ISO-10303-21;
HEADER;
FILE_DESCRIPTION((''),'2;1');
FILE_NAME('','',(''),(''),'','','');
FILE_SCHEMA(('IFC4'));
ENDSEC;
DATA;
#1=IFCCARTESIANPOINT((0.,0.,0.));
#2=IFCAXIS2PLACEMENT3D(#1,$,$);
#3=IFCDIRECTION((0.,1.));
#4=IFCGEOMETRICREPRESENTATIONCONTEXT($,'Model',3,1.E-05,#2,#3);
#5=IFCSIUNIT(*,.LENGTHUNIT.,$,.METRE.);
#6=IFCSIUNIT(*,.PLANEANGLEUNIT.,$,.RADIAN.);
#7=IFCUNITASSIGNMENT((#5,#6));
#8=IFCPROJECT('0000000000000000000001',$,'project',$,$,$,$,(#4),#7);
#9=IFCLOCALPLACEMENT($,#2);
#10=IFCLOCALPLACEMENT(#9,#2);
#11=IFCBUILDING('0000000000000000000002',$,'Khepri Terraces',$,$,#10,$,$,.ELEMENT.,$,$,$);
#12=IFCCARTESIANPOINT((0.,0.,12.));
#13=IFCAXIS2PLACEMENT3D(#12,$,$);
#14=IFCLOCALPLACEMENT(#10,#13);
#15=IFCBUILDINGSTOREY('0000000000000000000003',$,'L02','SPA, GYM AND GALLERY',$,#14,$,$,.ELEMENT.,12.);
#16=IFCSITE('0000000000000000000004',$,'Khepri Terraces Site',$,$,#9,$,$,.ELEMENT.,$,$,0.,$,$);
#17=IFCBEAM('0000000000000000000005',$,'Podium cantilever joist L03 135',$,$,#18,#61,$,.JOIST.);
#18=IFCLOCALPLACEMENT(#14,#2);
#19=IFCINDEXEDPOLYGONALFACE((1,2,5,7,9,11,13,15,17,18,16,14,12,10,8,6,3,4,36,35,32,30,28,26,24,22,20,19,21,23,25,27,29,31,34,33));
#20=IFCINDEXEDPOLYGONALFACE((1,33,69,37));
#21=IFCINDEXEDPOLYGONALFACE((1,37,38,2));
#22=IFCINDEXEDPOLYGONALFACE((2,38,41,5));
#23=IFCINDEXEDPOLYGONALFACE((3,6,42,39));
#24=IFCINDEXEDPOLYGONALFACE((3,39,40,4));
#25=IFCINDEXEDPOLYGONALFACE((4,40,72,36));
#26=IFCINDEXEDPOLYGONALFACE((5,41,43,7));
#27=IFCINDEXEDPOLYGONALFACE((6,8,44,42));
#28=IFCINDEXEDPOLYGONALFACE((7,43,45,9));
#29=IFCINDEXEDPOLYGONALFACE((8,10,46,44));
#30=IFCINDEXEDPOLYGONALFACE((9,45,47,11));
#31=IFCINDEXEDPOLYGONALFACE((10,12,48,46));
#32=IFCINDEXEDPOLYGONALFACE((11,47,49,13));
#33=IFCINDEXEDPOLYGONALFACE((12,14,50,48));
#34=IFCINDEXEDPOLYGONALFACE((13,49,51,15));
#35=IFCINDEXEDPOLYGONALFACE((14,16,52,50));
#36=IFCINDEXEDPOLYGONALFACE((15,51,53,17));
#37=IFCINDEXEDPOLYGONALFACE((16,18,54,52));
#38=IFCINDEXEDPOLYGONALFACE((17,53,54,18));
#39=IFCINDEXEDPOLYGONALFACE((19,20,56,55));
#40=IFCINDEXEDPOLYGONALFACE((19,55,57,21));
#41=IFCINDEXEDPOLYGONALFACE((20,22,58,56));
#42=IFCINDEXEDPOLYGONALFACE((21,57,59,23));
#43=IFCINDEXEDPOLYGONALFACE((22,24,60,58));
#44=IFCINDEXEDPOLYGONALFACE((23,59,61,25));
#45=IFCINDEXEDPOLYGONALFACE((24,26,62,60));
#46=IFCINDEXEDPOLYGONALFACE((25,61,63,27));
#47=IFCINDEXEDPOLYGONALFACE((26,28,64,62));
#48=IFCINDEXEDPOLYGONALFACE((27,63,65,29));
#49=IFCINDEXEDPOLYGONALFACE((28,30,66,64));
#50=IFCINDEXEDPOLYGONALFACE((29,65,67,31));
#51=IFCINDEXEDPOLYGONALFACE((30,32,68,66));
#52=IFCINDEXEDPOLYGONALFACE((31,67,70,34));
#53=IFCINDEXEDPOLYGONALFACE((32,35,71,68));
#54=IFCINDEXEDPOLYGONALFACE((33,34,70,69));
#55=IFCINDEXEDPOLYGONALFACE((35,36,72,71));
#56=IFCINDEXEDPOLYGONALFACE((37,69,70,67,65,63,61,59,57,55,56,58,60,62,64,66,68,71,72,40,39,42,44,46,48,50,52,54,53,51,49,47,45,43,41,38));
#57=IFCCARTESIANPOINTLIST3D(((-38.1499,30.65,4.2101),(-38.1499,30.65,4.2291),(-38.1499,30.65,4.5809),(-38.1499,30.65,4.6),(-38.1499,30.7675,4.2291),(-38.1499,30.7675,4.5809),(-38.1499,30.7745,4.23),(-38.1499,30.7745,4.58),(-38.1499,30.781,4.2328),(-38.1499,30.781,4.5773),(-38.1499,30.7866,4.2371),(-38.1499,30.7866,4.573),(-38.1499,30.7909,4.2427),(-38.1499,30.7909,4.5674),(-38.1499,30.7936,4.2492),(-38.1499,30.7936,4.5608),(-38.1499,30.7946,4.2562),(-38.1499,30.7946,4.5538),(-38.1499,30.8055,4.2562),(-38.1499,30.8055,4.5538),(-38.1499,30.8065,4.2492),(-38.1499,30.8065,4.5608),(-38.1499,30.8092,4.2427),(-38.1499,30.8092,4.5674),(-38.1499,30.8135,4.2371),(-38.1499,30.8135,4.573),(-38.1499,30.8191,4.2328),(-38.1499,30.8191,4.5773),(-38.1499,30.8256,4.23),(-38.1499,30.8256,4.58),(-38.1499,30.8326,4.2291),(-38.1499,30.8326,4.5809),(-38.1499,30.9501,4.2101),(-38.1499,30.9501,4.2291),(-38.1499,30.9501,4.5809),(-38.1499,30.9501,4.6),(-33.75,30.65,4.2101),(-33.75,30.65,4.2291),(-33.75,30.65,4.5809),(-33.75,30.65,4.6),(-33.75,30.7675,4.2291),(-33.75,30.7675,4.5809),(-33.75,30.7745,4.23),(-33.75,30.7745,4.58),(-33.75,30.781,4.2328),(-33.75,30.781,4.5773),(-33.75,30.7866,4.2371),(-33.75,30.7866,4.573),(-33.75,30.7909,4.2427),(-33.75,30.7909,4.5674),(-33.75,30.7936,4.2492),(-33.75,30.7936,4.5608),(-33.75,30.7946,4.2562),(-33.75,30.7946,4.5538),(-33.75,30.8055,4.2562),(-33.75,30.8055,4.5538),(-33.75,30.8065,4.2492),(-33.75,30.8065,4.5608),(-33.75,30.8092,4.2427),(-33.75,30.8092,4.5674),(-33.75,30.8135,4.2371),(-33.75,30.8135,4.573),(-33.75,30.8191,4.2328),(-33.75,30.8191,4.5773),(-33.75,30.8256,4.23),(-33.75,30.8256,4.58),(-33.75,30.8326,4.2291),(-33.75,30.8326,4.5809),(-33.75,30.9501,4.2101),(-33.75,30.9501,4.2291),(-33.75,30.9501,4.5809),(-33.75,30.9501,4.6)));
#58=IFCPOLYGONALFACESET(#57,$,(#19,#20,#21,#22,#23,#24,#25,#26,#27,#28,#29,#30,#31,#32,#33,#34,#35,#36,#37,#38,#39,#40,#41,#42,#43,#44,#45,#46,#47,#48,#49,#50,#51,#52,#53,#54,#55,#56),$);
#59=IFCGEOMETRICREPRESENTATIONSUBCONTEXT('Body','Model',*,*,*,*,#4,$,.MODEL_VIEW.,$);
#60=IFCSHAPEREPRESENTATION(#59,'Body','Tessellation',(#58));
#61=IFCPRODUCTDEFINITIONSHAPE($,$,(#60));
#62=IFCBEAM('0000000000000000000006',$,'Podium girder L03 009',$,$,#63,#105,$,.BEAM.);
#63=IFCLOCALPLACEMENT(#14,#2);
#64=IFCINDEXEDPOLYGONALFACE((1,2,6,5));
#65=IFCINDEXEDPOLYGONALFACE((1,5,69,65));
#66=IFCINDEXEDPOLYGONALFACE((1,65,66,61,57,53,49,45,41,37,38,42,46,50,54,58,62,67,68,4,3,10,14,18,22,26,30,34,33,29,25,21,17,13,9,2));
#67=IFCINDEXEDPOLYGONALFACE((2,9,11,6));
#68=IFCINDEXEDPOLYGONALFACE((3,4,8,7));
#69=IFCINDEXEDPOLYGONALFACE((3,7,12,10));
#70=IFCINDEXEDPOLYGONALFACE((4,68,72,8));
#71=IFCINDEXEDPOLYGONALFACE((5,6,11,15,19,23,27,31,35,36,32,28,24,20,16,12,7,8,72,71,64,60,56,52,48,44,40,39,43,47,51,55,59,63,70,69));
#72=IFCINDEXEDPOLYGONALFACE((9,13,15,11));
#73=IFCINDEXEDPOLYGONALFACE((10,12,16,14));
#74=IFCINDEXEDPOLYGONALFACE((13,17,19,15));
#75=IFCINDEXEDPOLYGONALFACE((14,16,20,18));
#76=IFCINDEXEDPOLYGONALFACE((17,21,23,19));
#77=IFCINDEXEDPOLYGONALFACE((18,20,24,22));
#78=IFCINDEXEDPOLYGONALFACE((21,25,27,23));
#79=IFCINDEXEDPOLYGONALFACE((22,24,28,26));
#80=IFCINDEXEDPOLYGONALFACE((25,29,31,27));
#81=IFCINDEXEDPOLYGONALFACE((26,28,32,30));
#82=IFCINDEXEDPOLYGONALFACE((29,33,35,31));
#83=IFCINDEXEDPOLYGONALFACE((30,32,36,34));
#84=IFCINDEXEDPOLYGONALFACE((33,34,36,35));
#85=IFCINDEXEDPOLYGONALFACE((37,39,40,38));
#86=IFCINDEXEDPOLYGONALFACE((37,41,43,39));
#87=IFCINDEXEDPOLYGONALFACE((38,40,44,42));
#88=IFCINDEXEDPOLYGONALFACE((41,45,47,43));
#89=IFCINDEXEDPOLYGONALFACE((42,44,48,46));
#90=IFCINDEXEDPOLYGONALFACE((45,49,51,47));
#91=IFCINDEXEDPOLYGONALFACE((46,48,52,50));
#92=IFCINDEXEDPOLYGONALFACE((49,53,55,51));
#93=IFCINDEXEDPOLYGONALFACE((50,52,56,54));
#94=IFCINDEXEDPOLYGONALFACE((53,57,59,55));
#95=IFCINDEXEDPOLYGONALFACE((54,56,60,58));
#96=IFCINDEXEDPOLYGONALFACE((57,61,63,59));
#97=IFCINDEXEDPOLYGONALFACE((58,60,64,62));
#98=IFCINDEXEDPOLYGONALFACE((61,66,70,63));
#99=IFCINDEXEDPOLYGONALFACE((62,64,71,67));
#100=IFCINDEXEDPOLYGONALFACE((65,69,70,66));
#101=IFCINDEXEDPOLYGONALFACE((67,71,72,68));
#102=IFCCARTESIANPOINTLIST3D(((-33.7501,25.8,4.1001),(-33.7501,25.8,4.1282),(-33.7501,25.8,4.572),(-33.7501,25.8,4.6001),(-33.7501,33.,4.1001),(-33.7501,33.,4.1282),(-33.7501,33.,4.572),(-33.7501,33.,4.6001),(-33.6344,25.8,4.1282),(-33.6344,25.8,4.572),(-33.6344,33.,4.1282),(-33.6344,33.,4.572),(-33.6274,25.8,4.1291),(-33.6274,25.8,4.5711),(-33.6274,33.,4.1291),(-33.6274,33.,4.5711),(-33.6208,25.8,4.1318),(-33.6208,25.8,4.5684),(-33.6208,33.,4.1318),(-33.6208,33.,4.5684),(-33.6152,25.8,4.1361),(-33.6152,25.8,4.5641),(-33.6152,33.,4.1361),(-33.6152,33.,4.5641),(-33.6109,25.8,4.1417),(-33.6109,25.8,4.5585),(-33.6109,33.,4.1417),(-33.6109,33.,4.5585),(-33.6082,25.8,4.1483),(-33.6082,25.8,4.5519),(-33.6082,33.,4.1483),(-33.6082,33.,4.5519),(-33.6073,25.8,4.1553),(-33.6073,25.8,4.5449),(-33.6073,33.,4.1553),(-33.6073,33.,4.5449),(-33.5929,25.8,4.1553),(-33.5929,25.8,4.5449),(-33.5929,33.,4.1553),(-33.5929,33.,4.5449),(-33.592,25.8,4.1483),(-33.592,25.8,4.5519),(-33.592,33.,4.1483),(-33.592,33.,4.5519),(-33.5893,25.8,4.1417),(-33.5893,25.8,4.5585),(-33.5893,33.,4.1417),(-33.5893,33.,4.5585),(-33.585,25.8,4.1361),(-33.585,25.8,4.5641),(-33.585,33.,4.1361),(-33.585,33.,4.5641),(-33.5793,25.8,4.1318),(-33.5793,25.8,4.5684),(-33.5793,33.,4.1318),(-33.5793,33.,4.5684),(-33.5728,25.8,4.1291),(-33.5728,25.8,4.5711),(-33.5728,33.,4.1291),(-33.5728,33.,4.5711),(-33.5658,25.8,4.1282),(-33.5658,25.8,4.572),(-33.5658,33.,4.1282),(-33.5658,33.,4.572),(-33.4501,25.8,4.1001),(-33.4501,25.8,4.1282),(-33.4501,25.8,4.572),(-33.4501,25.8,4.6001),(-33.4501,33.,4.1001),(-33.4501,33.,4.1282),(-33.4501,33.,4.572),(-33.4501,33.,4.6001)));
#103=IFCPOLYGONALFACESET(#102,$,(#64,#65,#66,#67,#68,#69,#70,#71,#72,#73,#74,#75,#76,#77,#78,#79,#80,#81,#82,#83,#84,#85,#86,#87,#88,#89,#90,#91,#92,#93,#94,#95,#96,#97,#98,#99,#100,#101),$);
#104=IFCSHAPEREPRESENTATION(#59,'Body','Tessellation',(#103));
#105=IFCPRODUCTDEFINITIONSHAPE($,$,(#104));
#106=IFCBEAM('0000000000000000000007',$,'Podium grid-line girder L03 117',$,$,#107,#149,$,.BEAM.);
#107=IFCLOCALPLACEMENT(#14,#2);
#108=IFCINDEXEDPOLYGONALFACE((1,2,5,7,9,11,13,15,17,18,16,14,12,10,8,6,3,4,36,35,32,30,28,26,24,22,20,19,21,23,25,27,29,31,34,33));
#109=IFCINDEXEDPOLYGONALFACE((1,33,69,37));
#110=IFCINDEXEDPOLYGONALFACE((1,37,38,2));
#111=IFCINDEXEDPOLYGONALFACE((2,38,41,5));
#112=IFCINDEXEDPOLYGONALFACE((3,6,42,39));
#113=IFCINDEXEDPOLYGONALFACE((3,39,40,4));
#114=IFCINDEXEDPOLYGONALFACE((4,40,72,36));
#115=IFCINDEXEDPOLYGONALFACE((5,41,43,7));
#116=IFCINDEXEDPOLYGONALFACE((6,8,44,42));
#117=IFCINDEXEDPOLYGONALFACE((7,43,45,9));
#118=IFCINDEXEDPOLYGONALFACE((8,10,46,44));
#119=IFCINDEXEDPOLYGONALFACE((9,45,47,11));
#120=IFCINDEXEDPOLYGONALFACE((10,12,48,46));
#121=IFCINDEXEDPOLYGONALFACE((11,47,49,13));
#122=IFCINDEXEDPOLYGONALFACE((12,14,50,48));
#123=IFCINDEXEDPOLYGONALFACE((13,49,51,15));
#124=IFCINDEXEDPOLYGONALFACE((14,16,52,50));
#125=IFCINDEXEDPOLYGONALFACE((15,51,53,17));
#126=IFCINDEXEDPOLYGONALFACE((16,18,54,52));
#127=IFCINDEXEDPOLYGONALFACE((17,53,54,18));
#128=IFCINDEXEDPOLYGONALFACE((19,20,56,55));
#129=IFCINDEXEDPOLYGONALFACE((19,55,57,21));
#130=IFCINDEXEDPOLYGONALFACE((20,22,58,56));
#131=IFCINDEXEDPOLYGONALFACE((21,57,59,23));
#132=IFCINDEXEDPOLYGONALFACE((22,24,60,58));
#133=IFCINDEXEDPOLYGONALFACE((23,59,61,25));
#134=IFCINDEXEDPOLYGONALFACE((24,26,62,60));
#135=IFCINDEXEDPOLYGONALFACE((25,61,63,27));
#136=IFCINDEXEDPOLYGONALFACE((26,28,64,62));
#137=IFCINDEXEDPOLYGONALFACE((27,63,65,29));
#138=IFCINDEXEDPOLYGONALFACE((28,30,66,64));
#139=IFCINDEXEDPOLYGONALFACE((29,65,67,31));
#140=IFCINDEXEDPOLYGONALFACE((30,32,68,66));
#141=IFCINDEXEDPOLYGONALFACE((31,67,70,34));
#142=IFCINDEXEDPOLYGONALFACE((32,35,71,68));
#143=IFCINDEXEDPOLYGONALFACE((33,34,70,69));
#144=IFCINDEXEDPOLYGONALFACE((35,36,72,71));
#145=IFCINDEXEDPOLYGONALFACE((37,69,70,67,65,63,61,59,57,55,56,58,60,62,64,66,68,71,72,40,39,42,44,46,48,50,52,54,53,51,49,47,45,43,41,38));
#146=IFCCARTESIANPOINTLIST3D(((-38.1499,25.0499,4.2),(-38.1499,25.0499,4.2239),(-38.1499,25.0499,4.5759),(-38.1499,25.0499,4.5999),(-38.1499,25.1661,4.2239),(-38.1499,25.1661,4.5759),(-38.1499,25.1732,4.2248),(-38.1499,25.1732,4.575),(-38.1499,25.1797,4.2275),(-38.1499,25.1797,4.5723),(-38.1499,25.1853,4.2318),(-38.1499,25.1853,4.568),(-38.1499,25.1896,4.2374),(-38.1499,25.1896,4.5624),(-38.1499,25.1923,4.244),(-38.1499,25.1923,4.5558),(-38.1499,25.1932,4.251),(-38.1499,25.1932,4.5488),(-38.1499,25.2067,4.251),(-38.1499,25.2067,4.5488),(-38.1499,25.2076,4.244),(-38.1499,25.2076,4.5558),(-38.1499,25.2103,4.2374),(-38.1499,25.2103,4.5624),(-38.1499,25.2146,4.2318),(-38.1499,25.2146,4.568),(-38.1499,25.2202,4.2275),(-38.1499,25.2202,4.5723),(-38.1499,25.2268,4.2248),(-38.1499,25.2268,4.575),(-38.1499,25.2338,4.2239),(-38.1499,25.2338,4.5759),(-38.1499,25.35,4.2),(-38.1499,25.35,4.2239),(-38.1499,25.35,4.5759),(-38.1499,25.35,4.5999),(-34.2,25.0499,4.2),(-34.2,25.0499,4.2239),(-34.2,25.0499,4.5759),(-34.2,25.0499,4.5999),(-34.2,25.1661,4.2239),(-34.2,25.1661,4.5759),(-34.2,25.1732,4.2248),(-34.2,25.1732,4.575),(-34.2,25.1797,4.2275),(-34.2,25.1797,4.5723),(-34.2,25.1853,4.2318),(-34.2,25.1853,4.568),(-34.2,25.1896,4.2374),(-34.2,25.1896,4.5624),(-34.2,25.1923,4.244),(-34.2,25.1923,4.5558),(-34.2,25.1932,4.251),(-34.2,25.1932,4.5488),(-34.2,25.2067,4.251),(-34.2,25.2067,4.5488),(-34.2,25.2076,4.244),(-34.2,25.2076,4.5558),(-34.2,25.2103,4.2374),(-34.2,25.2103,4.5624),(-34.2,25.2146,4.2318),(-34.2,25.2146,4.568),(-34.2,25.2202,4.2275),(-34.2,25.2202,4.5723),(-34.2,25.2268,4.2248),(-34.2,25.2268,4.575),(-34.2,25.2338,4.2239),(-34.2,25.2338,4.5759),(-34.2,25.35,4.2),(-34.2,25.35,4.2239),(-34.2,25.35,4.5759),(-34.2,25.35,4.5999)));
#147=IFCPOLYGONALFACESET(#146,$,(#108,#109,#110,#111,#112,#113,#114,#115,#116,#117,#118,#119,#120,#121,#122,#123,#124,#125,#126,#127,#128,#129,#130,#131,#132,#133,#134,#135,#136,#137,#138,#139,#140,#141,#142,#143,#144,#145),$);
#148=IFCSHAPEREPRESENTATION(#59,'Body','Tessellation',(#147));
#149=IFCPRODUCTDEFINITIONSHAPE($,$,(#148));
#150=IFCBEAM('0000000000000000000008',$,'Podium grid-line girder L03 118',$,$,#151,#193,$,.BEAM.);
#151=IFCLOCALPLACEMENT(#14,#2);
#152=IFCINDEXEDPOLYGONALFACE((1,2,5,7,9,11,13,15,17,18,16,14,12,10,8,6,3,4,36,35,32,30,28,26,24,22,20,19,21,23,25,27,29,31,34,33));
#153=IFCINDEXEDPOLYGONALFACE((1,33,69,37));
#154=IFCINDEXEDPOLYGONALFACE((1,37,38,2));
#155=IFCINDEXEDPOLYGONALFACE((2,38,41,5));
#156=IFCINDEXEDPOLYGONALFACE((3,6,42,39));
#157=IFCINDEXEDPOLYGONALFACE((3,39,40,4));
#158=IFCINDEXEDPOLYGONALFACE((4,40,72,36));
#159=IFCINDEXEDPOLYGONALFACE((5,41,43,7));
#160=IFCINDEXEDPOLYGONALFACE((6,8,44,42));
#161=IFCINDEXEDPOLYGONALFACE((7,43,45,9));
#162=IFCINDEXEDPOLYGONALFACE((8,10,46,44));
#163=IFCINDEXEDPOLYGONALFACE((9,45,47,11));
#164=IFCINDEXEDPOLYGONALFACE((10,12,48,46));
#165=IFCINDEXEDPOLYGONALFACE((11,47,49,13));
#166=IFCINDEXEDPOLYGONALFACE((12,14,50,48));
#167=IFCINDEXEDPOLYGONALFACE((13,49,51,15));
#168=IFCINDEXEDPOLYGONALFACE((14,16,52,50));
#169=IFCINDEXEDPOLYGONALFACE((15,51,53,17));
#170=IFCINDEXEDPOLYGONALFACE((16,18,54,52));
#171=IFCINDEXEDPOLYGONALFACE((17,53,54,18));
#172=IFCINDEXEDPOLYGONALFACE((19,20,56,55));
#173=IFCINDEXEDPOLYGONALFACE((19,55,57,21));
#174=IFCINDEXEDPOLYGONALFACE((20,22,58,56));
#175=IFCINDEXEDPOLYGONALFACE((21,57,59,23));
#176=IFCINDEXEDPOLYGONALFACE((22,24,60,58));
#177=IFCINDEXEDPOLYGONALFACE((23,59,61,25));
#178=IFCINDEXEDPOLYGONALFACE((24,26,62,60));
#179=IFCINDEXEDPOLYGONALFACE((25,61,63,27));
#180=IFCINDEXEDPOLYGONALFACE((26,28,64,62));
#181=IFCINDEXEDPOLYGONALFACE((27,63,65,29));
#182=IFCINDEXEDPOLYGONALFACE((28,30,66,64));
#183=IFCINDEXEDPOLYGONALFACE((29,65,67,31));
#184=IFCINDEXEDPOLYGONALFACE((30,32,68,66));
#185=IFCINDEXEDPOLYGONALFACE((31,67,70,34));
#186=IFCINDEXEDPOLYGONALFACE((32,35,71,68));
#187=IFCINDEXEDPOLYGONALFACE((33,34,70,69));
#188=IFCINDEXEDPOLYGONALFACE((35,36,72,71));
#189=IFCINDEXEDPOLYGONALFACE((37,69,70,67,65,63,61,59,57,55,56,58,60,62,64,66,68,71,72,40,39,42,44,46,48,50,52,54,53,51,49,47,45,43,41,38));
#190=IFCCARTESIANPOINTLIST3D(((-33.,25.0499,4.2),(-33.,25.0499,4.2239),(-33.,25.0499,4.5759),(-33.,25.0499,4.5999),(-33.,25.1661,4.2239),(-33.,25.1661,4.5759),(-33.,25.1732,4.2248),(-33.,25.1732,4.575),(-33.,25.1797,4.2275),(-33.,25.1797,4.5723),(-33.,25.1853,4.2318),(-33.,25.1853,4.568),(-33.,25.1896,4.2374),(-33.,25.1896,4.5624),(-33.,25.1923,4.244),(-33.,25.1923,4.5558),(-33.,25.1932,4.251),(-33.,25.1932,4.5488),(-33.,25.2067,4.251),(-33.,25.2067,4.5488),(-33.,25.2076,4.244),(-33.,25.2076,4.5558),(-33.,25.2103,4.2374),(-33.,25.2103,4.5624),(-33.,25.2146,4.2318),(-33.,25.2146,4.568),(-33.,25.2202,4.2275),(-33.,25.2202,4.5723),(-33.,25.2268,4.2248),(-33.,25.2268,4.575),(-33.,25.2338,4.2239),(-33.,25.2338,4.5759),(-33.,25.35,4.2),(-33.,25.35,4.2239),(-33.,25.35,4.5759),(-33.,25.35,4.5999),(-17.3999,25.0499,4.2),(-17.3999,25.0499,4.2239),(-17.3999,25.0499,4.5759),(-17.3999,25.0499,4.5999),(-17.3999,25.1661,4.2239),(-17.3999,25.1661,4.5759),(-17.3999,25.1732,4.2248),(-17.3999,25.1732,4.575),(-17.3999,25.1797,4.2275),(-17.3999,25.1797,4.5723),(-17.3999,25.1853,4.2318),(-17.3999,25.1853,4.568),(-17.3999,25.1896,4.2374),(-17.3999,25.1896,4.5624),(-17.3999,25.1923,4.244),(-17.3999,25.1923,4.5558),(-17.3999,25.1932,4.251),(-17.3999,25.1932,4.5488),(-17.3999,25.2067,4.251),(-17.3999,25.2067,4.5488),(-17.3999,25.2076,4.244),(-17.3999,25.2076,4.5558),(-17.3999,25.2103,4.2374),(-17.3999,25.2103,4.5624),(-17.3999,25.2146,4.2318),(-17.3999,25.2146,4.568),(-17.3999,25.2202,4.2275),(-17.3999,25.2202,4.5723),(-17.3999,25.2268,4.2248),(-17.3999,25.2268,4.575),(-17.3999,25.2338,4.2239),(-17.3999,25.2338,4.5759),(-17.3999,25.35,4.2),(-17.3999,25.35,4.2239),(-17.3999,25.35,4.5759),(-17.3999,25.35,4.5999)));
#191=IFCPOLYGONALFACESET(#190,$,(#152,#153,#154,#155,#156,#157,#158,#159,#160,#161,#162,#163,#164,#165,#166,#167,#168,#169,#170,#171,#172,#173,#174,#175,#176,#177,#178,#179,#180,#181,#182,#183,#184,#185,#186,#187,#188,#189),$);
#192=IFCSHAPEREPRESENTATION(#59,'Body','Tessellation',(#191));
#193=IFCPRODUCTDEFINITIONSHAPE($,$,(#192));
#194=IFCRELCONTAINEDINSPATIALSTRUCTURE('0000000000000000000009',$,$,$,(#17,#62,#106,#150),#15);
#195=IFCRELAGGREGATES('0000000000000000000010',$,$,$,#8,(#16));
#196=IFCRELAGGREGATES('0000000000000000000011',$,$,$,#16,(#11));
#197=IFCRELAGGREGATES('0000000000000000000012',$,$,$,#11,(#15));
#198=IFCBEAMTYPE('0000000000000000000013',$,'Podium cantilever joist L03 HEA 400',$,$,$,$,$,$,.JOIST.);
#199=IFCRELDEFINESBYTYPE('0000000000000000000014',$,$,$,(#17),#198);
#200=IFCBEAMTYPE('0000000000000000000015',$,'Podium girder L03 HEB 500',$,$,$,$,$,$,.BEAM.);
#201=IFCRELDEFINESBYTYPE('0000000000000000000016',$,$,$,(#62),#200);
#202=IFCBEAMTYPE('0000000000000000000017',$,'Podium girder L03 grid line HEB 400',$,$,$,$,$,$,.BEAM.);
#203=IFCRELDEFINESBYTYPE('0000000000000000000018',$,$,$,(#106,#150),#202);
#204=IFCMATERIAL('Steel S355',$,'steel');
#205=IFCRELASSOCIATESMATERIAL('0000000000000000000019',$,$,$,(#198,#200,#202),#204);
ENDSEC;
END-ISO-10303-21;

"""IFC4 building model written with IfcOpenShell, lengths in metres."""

from ifc_helpers import new_model, si_unit, direction, frame, origin, origin_2d, place, context, subcontext, project, spatial, i_section, extrude, material, material_profile, profile_set, type_object, element, save


model = new_model("IFC4")

# Units and contexts
model_context = context("Model", 3, precision=1e-05, world=origin(), true_north=direction((0.0, 1.0)))
body_context = subcontext(model_context, "Body", "Model", "MODEL_VIEW")
ifc_project = project(units=[si_unit("LENGTHUNIT", "METRE"), si_unit("PLANEANGLEUNIT", "RADIAN")], contexts=[model_context])

# Site, building, storey
site_placement = place(None, origin())
site = spatial("IfcSite", under=ifc_project, at=site_placement, Name="Khepri Terraces Site", CompositionType="ELEMENT", RefElevation=0.0)
building_placement = place(site_placement, origin())
building = spatial("IfcBuilding", under=site, at=building_placement, Name="Khepri Terraces", CompositionType="ELEMENT")
storey_placement = place(building_placement, frame((0.0, 0.0, 12.0)))
storey = spatial("IfcBuildingStorey", under=building, at=storey_placement, Name="L02", Description="SPA, GYM AND GALLERY", CompositionType="ELEMENT", Elevation=12.0)

# Beams
ifc_material_1 = material(Name="Steel S355", Category="steel")
ifc_material_profile_1 = material_profile(ifc_material_1, i_section(OverallWidth=0.3, OverallDepth=0.3899, WebThickness=0.011, FlangeThickness=0.019, FilletRadius=0.0271, at=origin_2d()), Name="Steel S355", Category="steel")
ifc_profile_set_1 = profile_set([ifc_material_profile_1], Name="Steel S355")
beam_type_1 = type_object("IfcBeamType", Name="Podium cantilever joist L03 HEA 400", PredefinedType="JOIST", material=ifc_profile_set_1)
for number, where, z_axis, x_axis, name in (
    (1, (-38.1499, 30.8, 4.405), (1.0, 0.0, 0.0), (0.0, 1.0, 0.0), "Podium cantilever joist L03 135"),
):
    element("IfcBeam", number, at=place(storey_placement, frame(where, z_axis=z_axis, x_axis=x_axis)), inside=storey, type_object=beam_type_1, Name=name, PredefinedType="JOIST", context=body_context, shape_type="SweptSolid", body=[
        extrude(i_section(OverallWidth=0.3, OverallDepth=0.3899, WebThickness=0.011, FlangeThickness=0.019, FilletRadius=0.0271, at=origin_2d()), origin(), (0.0, 0.0, 1.0), 4.3999),
    ])
ifc_material_profile_2 = material_profile(ifc_material_1, i_section(OverallWidth=0.3, OverallDepth=0.5, WebThickness=0.0144, FlangeThickness=0.0281, FilletRadius=0.0271, at=origin_2d()), Name="Steel S355", Category="steel")
ifc_profile_set_2 = profile_set([ifc_material_profile_2], Name="Steel S355")
beam_type_2 = type_object("IfcBeamType", Name="Podium girder L03 HEB 500", PredefinedType="BEAM", material=ifc_profile_set_2)
beam_1_placement = place(storey_placement, frame((-33.6001, 25.8, 4.3501), z_axis=(0.0, 1.0, 0.0), x_axis=(-1.0, 0.0, 0.0)))
element("IfcBeam", 2, at=beam_1_placement, inside=storey, type_object=beam_type_2, Name="Podium girder L03 009", PredefinedType="BEAM", context=body_context, shape_type="SweptSolid", body=[
    extrude(i_section(OverallWidth=0.3, OverallDepth=0.5, WebThickness=0.0144, FlangeThickness=0.0281, FilletRadius=0.0271, at=origin_2d()), origin(), (0.0, 0.0, 1.0), 7.2),
])
ifc_material_profile_3 = material_profile(ifc_material_1, i_section(OverallWidth=0.3, OverallDepth=0.3999, WebThickness=0.0134, FlangeThickness=0.0239, FilletRadius=0.0271, at=origin_2d()), Name="Steel S355", Category="steel")
ifc_profile_set_3 = profile_set([ifc_material_profile_3], Name="Steel S355")
beam_type_3 = type_object("IfcBeamType", Name="Podium girder L03 grid line HEB 400", PredefinedType="BEAM", material=ifc_profile_set_3)
beam_2_placement = place(storey_placement, frame((-38.1499, 25.2, 4.3999), z_axis=(1.0, 0.0, 0.0), x_axis=(0.0, 1.0, 0.0)))
element("IfcBeam", 3, at=beam_2_placement, inside=storey, type_object=beam_type_3, Name="Podium grid-line girder L03 117", PredefinedType="BEAM", context=body_context, shape_type="SweptSolid", body=[
    extrude(i_section(OverallWidth=0.3, OverallDepth=0.3999, WebThickness=0.0134, FlangeThickness=0.0239, FilletRadius=0.0271, at=origin_2d()), origin(), (0.0, 0.0, 1.0), 3.95),
])
beam_3_placement = place(storey_placement, frame((-33.0, 25.2, 4.3999), z_axis=(1.0, 0.0, 0.0), x_axis=(0.0, 1.0, 0.0)))
element("IfcBeam", 4, at=beam_3_placement, inside=storey, type_object=beam_type_3, Name="Podium grid-line girder L03 118", PredefinedType="BEAM", context=body_context, shape_type="SweptSolid", body=[
    extrude(i_section(OverallWidth=0.3, OverallDepth=0.3999, WebThickness=0.0134, FlangeThickness=0.0239, FilletRadius=0.0271, at=origin_2d()), origin(), (0.0, 0.0, 1.0), 15.6001),
])

save(model, "model.ifc")
